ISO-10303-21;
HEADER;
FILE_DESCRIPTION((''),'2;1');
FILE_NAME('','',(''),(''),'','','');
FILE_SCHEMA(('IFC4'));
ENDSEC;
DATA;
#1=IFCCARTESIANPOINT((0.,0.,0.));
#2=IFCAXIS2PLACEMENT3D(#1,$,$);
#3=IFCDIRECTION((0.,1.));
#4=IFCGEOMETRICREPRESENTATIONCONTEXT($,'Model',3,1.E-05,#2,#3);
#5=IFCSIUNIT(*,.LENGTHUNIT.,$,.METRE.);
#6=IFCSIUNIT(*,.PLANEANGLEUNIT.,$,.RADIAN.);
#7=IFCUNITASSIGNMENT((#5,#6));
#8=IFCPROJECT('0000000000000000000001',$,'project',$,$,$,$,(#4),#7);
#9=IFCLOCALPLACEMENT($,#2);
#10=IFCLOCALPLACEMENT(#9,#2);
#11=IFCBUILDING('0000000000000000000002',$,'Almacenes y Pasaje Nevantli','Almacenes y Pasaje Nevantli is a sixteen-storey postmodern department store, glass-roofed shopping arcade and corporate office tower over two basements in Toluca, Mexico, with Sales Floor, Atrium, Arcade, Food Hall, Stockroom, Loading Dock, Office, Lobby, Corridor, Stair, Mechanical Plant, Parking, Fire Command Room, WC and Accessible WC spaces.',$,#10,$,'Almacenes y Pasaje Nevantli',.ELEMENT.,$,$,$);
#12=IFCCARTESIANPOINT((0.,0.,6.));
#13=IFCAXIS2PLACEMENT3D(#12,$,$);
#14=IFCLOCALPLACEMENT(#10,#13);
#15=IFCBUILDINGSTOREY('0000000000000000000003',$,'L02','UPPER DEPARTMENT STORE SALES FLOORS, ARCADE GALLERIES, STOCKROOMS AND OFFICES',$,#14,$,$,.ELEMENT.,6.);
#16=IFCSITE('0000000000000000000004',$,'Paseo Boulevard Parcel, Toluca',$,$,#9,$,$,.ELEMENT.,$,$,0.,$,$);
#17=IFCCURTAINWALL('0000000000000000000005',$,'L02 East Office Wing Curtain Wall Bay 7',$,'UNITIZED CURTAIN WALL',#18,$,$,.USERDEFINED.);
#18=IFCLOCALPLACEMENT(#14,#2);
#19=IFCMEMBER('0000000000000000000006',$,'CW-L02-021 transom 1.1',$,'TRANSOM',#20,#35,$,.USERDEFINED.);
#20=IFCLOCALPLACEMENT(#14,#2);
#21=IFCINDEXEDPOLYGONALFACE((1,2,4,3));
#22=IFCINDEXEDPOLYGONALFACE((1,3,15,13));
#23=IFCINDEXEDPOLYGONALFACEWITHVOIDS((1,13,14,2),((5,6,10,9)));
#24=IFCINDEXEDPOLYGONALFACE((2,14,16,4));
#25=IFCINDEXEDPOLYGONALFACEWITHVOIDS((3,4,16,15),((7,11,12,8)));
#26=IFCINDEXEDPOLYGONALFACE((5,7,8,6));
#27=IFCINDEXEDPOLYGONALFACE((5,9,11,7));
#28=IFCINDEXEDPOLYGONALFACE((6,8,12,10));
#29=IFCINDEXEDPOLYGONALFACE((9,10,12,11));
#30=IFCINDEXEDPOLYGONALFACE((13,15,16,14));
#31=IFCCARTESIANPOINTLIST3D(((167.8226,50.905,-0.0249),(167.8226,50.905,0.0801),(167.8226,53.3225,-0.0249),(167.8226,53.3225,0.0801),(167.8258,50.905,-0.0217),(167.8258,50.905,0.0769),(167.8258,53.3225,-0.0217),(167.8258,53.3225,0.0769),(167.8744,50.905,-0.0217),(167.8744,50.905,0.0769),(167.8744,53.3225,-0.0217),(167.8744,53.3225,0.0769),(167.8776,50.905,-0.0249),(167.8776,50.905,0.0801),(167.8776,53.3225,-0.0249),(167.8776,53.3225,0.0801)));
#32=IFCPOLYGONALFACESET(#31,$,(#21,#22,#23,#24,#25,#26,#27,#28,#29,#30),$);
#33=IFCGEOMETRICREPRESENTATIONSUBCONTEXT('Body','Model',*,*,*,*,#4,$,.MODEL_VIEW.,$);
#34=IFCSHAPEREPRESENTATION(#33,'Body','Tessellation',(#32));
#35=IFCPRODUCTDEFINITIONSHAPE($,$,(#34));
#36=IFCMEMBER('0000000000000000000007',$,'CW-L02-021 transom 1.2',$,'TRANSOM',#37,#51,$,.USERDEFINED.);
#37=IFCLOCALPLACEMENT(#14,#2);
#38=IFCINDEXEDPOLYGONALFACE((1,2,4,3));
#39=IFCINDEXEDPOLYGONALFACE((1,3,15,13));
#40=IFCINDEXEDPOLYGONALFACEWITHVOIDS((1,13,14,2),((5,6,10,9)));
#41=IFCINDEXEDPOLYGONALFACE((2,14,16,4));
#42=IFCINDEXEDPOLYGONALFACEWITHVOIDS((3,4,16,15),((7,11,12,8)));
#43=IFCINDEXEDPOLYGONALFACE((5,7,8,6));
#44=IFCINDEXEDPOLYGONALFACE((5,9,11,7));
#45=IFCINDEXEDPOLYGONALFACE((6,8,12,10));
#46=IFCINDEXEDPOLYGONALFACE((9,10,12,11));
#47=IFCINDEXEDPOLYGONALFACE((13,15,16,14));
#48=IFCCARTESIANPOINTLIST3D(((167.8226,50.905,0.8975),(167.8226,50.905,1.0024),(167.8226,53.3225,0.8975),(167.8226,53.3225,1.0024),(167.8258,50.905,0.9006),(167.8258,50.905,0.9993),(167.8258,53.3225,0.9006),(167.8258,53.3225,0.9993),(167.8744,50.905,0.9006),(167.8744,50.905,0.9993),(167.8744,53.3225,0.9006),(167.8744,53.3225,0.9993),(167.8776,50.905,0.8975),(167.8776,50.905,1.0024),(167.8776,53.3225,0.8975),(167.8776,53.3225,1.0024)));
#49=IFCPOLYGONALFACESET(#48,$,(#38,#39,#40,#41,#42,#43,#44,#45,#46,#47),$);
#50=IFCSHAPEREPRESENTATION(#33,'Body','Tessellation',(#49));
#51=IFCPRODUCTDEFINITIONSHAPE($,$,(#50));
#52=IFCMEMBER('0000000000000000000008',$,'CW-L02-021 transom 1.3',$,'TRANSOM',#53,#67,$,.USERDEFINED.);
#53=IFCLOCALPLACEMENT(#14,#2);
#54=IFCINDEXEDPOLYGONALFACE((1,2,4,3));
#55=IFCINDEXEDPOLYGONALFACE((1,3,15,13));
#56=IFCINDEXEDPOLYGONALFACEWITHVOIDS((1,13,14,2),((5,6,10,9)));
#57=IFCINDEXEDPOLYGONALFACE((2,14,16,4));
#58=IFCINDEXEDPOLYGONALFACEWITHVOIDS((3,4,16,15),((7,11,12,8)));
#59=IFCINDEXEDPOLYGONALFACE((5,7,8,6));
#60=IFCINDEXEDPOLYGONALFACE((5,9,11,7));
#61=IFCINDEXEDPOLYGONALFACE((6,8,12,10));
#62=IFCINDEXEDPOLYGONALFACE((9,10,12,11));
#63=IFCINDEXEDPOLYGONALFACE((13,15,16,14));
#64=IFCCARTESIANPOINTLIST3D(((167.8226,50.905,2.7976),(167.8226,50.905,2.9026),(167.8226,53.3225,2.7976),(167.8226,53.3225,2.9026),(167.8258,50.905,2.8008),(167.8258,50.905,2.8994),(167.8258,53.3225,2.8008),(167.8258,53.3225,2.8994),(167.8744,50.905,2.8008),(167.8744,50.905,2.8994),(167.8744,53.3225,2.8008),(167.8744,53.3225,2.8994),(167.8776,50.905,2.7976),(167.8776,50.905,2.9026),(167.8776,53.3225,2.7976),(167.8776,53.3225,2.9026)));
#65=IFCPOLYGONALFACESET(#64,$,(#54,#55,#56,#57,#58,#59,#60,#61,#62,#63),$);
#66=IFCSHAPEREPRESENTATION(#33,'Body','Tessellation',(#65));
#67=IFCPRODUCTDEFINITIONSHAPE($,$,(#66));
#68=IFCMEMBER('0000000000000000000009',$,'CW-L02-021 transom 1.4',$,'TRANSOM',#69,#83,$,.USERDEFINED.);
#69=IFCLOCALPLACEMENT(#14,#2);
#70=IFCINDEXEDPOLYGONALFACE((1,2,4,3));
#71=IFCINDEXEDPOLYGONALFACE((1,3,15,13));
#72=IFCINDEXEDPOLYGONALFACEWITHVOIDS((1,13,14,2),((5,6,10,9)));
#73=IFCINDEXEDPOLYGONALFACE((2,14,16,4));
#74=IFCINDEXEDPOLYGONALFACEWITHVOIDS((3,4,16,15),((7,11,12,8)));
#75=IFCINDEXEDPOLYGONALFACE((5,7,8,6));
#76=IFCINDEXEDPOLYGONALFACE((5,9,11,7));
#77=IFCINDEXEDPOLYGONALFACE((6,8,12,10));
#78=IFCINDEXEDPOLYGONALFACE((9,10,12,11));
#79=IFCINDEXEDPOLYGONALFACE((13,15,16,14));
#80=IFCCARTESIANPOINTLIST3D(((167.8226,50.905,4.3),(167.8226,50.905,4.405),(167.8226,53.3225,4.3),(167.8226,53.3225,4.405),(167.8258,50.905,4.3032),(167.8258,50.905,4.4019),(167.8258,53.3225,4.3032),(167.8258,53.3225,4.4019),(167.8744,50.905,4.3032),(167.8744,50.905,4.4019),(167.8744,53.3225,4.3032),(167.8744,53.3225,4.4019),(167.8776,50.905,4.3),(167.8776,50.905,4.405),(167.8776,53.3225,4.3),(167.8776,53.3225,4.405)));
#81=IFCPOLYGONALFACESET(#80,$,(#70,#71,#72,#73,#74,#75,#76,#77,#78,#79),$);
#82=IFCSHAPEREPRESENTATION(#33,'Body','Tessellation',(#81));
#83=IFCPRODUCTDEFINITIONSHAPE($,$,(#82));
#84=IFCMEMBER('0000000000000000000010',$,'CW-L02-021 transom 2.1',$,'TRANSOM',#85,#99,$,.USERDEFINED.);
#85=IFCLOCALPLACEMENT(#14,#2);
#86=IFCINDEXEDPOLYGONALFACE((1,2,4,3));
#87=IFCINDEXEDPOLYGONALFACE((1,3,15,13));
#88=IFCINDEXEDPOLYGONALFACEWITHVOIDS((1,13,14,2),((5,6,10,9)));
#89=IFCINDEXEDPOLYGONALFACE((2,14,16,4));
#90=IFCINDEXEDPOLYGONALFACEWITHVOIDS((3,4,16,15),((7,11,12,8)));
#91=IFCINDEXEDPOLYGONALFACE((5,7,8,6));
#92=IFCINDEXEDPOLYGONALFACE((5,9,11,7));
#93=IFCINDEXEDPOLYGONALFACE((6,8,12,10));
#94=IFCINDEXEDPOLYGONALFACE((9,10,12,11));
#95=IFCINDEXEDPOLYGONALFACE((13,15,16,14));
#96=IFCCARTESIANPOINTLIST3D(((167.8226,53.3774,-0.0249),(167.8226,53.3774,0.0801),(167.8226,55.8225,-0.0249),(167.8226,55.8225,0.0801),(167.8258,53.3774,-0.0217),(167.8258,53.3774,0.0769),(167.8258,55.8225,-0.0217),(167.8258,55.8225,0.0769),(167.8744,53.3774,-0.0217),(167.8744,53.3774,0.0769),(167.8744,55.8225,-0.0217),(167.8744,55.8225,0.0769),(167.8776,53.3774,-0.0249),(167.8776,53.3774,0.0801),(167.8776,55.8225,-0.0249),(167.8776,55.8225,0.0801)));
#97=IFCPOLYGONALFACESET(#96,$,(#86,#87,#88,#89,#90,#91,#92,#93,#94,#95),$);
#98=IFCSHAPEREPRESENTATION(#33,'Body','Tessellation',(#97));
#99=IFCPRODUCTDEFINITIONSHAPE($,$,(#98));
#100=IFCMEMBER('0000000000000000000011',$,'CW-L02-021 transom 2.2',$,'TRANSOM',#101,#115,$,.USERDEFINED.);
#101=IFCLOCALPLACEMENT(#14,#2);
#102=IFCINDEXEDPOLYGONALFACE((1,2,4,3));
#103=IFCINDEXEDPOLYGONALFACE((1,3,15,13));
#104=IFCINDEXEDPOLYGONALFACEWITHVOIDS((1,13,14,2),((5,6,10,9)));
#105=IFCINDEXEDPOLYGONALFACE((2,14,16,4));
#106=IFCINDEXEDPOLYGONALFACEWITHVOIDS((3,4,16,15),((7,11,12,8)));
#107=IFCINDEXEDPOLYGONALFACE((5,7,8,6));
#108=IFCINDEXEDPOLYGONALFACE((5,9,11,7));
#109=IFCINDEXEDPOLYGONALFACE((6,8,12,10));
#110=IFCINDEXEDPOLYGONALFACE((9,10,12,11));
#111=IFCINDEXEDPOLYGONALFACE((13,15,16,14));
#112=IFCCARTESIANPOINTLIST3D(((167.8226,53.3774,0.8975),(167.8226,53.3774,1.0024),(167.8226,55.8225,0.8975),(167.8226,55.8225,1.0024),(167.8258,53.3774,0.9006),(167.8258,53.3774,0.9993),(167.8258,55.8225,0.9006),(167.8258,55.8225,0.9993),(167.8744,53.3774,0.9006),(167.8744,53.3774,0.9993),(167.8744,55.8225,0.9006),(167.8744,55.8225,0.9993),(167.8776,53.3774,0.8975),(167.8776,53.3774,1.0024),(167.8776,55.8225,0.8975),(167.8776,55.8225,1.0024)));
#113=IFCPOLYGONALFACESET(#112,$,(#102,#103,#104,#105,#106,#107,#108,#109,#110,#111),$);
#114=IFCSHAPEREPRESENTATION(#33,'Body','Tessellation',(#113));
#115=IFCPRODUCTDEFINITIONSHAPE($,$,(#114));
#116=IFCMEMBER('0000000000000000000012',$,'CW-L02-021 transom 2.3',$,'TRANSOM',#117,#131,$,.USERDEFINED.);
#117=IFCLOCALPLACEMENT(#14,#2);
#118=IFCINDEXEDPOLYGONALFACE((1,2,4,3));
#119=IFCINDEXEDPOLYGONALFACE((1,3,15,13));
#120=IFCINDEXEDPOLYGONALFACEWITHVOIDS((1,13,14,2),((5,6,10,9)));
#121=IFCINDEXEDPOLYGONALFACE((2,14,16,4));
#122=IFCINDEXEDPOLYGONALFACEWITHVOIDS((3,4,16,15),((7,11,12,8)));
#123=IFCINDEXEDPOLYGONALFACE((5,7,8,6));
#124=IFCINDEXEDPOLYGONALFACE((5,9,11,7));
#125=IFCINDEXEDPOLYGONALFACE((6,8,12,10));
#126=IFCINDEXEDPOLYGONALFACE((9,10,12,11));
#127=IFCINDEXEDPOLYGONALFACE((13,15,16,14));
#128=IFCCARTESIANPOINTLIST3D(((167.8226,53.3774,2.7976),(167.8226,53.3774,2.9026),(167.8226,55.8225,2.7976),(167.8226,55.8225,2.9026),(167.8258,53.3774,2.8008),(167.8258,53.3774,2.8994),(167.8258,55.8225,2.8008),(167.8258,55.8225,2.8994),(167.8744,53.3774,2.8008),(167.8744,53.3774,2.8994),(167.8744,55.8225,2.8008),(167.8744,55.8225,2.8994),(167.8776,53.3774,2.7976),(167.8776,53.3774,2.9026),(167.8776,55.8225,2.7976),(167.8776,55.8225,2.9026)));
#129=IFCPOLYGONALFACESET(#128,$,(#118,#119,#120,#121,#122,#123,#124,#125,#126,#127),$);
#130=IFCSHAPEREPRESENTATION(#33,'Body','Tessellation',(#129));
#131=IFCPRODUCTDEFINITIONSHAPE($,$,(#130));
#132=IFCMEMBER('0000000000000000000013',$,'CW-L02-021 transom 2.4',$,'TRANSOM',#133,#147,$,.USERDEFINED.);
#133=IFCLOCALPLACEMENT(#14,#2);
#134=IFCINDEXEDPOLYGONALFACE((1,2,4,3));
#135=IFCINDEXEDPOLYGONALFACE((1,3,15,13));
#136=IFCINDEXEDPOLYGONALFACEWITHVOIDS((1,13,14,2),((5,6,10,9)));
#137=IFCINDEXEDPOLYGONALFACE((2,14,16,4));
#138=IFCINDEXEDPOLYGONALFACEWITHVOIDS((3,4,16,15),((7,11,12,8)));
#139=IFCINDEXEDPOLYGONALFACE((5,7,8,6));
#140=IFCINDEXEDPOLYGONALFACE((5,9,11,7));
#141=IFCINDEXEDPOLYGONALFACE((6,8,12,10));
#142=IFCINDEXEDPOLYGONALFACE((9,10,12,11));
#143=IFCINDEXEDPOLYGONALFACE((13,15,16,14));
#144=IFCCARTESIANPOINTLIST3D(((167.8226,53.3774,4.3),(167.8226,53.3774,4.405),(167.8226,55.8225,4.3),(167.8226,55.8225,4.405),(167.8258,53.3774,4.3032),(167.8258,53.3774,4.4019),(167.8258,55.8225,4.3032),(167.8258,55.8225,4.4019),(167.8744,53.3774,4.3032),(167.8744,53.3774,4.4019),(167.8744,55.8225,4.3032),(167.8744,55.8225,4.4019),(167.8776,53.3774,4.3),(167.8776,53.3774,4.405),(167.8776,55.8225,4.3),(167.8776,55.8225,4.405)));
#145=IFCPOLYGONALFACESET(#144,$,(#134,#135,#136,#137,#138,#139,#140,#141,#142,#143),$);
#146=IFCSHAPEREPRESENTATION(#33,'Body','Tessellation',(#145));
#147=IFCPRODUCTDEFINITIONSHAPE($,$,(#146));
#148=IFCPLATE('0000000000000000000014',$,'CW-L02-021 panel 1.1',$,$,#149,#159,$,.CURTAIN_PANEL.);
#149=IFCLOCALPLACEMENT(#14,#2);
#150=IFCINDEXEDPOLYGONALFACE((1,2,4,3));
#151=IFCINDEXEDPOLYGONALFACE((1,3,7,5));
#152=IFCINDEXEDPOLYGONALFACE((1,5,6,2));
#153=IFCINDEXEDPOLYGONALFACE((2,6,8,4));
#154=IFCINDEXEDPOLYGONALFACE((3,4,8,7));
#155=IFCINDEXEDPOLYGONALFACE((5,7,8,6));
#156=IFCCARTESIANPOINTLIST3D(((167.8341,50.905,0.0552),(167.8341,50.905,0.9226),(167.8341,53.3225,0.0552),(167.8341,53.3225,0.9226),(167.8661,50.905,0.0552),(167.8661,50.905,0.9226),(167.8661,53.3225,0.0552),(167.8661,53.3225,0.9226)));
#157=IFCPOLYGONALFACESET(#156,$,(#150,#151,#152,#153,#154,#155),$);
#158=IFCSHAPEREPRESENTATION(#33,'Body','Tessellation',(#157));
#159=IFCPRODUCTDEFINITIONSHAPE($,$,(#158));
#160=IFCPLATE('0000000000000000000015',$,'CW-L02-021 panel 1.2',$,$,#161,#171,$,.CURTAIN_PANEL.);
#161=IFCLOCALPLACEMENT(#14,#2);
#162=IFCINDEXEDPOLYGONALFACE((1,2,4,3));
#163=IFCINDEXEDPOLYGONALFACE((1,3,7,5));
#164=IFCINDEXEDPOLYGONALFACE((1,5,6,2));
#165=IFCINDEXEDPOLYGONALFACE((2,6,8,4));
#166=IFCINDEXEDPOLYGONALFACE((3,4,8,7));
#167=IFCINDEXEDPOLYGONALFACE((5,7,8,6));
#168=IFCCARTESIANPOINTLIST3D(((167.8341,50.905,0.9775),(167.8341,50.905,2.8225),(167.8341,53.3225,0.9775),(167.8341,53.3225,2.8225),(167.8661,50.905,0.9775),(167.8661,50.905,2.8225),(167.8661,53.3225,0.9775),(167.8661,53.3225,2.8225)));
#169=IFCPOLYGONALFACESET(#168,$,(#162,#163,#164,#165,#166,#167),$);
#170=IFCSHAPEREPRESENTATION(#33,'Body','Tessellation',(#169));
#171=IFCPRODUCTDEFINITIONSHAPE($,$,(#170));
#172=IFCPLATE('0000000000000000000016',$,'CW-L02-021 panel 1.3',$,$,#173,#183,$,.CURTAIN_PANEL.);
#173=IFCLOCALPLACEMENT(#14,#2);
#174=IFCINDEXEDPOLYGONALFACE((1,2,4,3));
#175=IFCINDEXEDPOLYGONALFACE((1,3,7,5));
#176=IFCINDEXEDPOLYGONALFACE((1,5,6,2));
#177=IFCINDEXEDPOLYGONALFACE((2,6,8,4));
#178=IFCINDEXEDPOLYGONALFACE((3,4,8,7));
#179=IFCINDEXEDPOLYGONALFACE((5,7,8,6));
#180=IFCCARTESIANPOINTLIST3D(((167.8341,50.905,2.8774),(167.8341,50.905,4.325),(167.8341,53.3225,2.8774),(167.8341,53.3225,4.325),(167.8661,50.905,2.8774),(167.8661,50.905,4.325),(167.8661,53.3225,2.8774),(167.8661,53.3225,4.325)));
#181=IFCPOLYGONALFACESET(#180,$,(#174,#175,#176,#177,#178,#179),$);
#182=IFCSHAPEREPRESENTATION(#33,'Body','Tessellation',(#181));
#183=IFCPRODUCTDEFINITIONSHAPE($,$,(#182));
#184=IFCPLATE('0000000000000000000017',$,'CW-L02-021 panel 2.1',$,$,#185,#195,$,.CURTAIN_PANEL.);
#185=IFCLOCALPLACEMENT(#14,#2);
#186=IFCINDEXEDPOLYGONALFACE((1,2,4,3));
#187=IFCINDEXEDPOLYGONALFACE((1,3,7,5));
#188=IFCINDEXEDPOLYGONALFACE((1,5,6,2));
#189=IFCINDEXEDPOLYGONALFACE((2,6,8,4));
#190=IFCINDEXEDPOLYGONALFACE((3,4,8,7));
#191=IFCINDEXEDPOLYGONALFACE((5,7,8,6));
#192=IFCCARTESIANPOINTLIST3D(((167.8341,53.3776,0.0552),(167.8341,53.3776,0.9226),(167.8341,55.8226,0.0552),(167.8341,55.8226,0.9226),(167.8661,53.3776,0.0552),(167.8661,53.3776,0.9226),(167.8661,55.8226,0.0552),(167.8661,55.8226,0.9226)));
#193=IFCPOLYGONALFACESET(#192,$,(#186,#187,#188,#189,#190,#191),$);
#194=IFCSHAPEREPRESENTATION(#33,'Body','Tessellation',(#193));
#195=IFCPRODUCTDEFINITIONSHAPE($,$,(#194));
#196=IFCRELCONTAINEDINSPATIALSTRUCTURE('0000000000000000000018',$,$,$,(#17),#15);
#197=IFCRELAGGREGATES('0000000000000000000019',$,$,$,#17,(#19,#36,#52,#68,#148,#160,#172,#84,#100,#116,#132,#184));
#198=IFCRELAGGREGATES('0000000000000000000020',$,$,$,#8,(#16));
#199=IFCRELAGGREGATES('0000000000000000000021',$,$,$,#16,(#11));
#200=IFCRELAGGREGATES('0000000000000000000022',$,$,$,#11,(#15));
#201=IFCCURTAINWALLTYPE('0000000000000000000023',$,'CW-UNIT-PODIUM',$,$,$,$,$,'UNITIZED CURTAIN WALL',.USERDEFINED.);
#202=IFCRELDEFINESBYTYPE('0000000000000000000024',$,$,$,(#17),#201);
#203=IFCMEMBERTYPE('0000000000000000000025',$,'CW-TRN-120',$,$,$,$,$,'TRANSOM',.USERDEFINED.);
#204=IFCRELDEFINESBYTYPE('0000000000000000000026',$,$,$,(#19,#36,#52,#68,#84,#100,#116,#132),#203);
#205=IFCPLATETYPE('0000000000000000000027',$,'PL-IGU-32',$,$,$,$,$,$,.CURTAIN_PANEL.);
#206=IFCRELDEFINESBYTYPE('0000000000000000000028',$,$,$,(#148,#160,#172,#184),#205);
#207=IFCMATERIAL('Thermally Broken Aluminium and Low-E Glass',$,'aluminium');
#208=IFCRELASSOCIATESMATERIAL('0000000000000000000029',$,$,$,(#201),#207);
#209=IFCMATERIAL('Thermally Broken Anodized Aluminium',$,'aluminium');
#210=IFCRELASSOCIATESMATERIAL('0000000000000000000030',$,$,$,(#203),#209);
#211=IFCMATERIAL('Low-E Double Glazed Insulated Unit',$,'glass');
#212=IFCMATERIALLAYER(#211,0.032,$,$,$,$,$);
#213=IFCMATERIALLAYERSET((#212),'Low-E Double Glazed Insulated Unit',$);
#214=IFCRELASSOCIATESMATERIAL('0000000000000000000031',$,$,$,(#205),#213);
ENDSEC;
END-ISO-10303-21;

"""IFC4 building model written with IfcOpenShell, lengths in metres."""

from ifc_helpers import new_model, si_unit, direction, frame, origin, origin_2d, place, context, subcontext, project, spatial, rectangle, hollow_rectangle, extrude, material, layer, layer_set, material_profile, profile_set, type_object, element, aggregate, save


model = new_model("IFC4")

# Units and contexts
model_context = context("Model", 3, precision=1e-05, world=origin(), true_north=direction((0.0, 1.0)))
body_context = subcontext(model_context, "Body", "Model", "MODEL_VIEW")
ifc_project = project(units=[si_unit("LENGTHUNIT", "METRE"), si_unit("PLANEANGLEUNIT", "RADIAN")], contexts=[model_context])

# Site, building, storey
site_placement = place(None, origin())
site = spatial("IfcSite", under=ifc_project, at=site_placement, Name="Paseo Boulevard Parcel, Toluca", CompositionType="ELEMENT", RefElevation=0.0)
building_placement = place(site_placement, origin())
building = spatial("IfcBuilding", under=site, at=building_placement, Name="Almacenes y Pasaje Nevantli", Description="Almacenes y Pasaje Nevantli is a sixteen-storey postmodern department store, glass-roofed shopping arcade and corporate office tower over two basements in Toluca, Mexico, with Sales Floor, Atrium, Arcade, Food Hall, Stockroom, Loading Dock, Office, Lobby, Corridor, Stair, Mechanical Plant, Parking, Fire Command Room, WC and Accessible WC spaces.", LongName="Almacenes y Pasaje Nevantli", CompositionType="ELEMENT")
storey_placement = place(building_placement, frame((0.0, 0.0, 6.0)))
storey = spatial("IfcBuildingStorey", under=building, at=storey_placement, Name="L02", Description="UPPER DEPARTMENT STORE SALES FLOORS, ARCADE GALLERIES, STOCKROOMS AND OFFICES", CompositionType="ELEMENT", Elevation=6.0)

# Curtain wall, members, plates
ifc_material_1 = material(Name="Thermally Broken Aluminium and Low-E Glass", Category="aluminium")
curtain_wall_type = type_object("IfcCurtainWallType", Name="CW-UNIT-PODIUM", ElementType="UNITIZED CURTAIN WALL", PredefinedType="USERDEFINED", material=ifc_material_1)
curtain_wall_placement = place(storey_placement, origin())
curtain_wall = element("IfcCurtainWall", 1, at=curtain_wall_placement, inside=storey, type_object=curtain_wall_type, Name="L02 East Office Wing Curtain Wall Bay 7", ObjectType="UNITIZED CURTAIN WALL", PredefinedType="USERDEFINED")
ifc_material_2 = material(Name="Thermally Broken Anodized Aluminium", Category="aluminium")
ifc_material_profile_1 = material_profile(ifc_material_2, hollow_rectangle(XDim=0.0549, YDim=0.105, WallThickness=0.0032, at=origin_2d()), Name="ALU-TRN-55x105")
ifc_profile_set_1 = profile_set([ifc_material_profile_1], Name="Thermally Broken Anodized Aluminium")
member_type_1 = type_object("IfcMemberType", Name="CW-TRN-120", ElementType="TRANSOM", PredefinedType="USERDEFINED", material=ifc_profile_set_1)
member_1_placement = place(storey_placement, frame((167.8501, 50.905, 0.0276), z_axis=(0.0, 1.0, 0.0), x_axis=(-1.0, 0.0, 0.0)))
member_1 = element("IfcMember", 2, at=member_1_placement, type_object=member_type_1, Name="CW-L02-021 transom 1.1", ObjectType="TRANSOM", PredefinedType="USERDEFINED", context=body_context, shape_type="SweptSolid", body=[
    extrude(hollow_rectangle(XDim=0.0549, YDim=0.105, WallThickness=0.0032, at=origin_2d()), origin(), (0.0, 0.0, 1.0), 2.4175),
])
member_2_placement = place(storey_placement, frame((167.8501, 50.905, 0.95), z_axis=(0.0, 1.0, 0.0), x_axis=(-1.0, 0.0, 0.0)))
member_2 = element("IfcMember", 3, at=member_2_placement, type_object=member_type_1, Name="CW-L02-021 transom 1.2", ObjectType="TRANSOM", PredefinedType="USERDEFINED", context=body_context, shape_type="SweptSolid", body=[
    extrude(hollow_rectangle(XDim=0.0549, YDim=0.105, WallThickness=0.0032, at=origin_2d()), origin(), (0.0, 0.0, 1.0), 2.4175),
])
member_3_placement = place(storey_placement, frame((167.8501, 50.905, 2.8501), z_axis=(0.0, 1.0, 0.0), x_axis=(-1.0, 0.0, 0.0)))
member_3 = element("IfcMember", 4, at=member_3_placement, type_object=member_type_1, Name="CW-L02-021 transom 1.3", ObjectType="TRANSOM", PredefinedType="USERDEFINED", context=body_context, shape_type="SweptSolid", body=[
    extrude(hollow_rectangle(XDim=0.0549, YDim=0.105, WallThickness=0.0032, at=origin_2d()), origin(), (0.0, 0.0, 1.0), 2.4175),
])
member_4_placement = place(storey_placement, frame((167.8501, 50.905, 4.3525), z_axis=(0.0, 1.0, 0.0), x_axis=(-1.0, 0.0, 0.0)))
member_4 = element("IfcMember", 5, at=member_4_placement, type_object=member_type_1, Name="CW-L02-021 transom 1.4", ObjectType="TRANSOM", PredefinedType="USERDEFINED", context=body_context, shape_type="SweptSolid", body=[
    extrude(hollow_rectangle(XDim=0.0549, YDim=0.105, WallThickness=0.0032, at=origin_2d()), origin(), (0.0, 0.0, 1.0), 2.4175),
])
member_5_placement = place(storey_placement, frame((167.8501, 53.3774, 0.0276), z_axis=(0.0, 1.0, 0.0), x_axis=(-1.0, 0.0, 0.0)))
member_5 = element("IfcMember", 6, at=member_5_placement, type_object=member_type_1, Name="CW-L02-021 transom 2.1", ObjectType="TRANSOM", PredefinedType="USERDEFINED", context=body_context, shape_type="SweptSolid", body=[
    extrude(hollow_rectangle(XDim=0.0549, YDim=0.105, WallThickness=0.0032, at=origin_2d()), origin(), (0.0, 0.0, 1.0), 2.4451),
])
member_6_placement = place(storey_placement, frame((167.8501, 53.3774, 0.95), z_axis=(0.0, 1.0, 0.0), x_axis=(-1.0, 0.0, 0.0)))
member_6 = element("IfcMember", 7, at=member_6_placement, type_object=member_type_1, Name="CW-L02-021 transom 2.2", ObjectType="TRANSOM", PredefinedType="USERDEFINED", context=body_context, shape_type="SweptSolid", body=[
    extrude(hollow_rectangle(XDim=0.0549, YDim=0.105, WallThickness=0.0032, at=origin_2d()), origin(), (0.0, 0.0, 1.0), 2.4451),
])
member_7_placement = place(storey_placement, frame((167.8501, 53.3774, 2.8501), z_axis=(0.0, 1.0, 0.0), x_axis=(-1.0, 0.0, 0.0)))
member_7 = element("IfcMember", 8, at=member_7_placement, type_object=member_type_1, Name="CW-L02-021 transom 2.3", ObjectType="TRANSOM", PredefinedType="USERDEFINED", context=body_context, shape_type="SweptSolid", body=[
    extrude(hollow_rectangle(XDim=0.0549, YDim=0.105, WallThickness=0.0032, at=origin_2d()), origin(), (0.0, 0.0, 1.0), 2.4451),
])
member_8_placement = place(storey_placement, frame((167.8501, 53.3774, 4.3525), z_axis=(0.0, 1.0, 0.0), x_axis=(-1.0, 0.0, 0.0)))
member_8 = element("IfcMember", 9, at=member_8_placement, type_object=member_type_1, Name="CW-L02-021 transom 2.4", ObjectType="TRANSOM", PredefinedType="USERDEFINED", context=body_context, shape_type="SweptSolid", body=[
    extrude(hollow_rectangle(XDim=0.0549, YDim=0.105, WallThickness=0.0032, at=origin_2d()), origin(), (0.0, 0.0, 1.0), 2.4451),
])
ifc_material_3 = material(Name="Low-E Double Glazed Insulated Unit", Category="glass")
ifc_layer_1 = layer(ifc_material_3, 0.032)
ifc_layer_set_1 = layer_set([ifc_layer_1], Name="Low-E Double Glazed Insulated Unit")
plate_type = type_object("IfcPlateType", Name="PL-IGU-32", PredefinedType="CURTAIN_PANEL", material=ifc_layer_set_1)
plate_1_placement = place(storey_placement, frame((167.8501, 52.1138, 0.0552), z_axis=(0.0, 0.0, 1.0), x_axis=(0.0, 1.0, 0.0)))
plate_1 = element("IfcPlate", 10, at=plate_1_placement, type_object=plate_type, Name="CW-L02-021 panel 1.1", PredefinedType="CURTAIN_PANEL", context=body_context, shape_type="SweptSolid", body=[
    extrude(rectangle(XDim=2.4175, YDim=0.032, at=origin_2d()), origin(), (0.0, 0.0, 1.0), 0.8674),
])
plate_2_placement = place(storey_placement, frame((167.8501, 52.1138, 0.9775), z_axis=(0.0, 0.0, 1.0), x_axis=(0.0, 1.0, 0.0)))
plate_2 = element("IfcPlate", 11, at=plate_2_placement, type_object=plate_type, Name="CW-L02-021 panel 1.2", PredefinedType="CURTAIN_PANEL", context=body_context, shape_type="SweptSolid", body=[
    extrude(rectangle(XDim=2.4175, YDim=0.032, at=origin_2d()), origin(), (0.0, 0.0, 1.0), 1.845),
])
plate_3_placement = place(storey_placement, frame((167.8501, 52.1138, 2.8774), z_axis=(0.0, 0.0, 1.0), x_axis=(0.0, 1.0, 0.0)))
plate_3 = element("IfcPlate", 12, at=plate_3_placement, type_object=plate_type, Name="CW-L02-021 panel 1.3", PredefinedType="CURTAIN_PANEL", context=body_context, shape_type="SweptSolid", body=[
    extrude(rectangle(XDim=2.4175, YDim=0.032, at=origin_2d()), origin(), (0.0, 0.0, 1.0), 1.4475),
])
plate_4_placement = place(storey_placement, frame((167.8501, 54.6001, 0.0552), z_axis=(0.0, 0.0, 1.0), x_axis=(0.0, 1.0, 0.0)))
plate_4 = element("IfcPlate", 13, at=plate_4_placement, type_object=plate_type, Name="CW-L02-021 panel 2.1", PredefinedType="CURTAIN_PANEL", context=body_context, shape_type="SweptSolid", body=[
    extrude(rectangle(XDim=2.4451, YDim=0.032, at=origin_2d()), origin(), (0.0, 0.0, 1.0), 0.8674),
])
aggregate(curtain_wall, [member_1, member_2, member_3, member_4, plate_1, plate_2, plate_3, member_5, member_6, member_7, member_8, plate_4])

save(model, "model.ifc")
